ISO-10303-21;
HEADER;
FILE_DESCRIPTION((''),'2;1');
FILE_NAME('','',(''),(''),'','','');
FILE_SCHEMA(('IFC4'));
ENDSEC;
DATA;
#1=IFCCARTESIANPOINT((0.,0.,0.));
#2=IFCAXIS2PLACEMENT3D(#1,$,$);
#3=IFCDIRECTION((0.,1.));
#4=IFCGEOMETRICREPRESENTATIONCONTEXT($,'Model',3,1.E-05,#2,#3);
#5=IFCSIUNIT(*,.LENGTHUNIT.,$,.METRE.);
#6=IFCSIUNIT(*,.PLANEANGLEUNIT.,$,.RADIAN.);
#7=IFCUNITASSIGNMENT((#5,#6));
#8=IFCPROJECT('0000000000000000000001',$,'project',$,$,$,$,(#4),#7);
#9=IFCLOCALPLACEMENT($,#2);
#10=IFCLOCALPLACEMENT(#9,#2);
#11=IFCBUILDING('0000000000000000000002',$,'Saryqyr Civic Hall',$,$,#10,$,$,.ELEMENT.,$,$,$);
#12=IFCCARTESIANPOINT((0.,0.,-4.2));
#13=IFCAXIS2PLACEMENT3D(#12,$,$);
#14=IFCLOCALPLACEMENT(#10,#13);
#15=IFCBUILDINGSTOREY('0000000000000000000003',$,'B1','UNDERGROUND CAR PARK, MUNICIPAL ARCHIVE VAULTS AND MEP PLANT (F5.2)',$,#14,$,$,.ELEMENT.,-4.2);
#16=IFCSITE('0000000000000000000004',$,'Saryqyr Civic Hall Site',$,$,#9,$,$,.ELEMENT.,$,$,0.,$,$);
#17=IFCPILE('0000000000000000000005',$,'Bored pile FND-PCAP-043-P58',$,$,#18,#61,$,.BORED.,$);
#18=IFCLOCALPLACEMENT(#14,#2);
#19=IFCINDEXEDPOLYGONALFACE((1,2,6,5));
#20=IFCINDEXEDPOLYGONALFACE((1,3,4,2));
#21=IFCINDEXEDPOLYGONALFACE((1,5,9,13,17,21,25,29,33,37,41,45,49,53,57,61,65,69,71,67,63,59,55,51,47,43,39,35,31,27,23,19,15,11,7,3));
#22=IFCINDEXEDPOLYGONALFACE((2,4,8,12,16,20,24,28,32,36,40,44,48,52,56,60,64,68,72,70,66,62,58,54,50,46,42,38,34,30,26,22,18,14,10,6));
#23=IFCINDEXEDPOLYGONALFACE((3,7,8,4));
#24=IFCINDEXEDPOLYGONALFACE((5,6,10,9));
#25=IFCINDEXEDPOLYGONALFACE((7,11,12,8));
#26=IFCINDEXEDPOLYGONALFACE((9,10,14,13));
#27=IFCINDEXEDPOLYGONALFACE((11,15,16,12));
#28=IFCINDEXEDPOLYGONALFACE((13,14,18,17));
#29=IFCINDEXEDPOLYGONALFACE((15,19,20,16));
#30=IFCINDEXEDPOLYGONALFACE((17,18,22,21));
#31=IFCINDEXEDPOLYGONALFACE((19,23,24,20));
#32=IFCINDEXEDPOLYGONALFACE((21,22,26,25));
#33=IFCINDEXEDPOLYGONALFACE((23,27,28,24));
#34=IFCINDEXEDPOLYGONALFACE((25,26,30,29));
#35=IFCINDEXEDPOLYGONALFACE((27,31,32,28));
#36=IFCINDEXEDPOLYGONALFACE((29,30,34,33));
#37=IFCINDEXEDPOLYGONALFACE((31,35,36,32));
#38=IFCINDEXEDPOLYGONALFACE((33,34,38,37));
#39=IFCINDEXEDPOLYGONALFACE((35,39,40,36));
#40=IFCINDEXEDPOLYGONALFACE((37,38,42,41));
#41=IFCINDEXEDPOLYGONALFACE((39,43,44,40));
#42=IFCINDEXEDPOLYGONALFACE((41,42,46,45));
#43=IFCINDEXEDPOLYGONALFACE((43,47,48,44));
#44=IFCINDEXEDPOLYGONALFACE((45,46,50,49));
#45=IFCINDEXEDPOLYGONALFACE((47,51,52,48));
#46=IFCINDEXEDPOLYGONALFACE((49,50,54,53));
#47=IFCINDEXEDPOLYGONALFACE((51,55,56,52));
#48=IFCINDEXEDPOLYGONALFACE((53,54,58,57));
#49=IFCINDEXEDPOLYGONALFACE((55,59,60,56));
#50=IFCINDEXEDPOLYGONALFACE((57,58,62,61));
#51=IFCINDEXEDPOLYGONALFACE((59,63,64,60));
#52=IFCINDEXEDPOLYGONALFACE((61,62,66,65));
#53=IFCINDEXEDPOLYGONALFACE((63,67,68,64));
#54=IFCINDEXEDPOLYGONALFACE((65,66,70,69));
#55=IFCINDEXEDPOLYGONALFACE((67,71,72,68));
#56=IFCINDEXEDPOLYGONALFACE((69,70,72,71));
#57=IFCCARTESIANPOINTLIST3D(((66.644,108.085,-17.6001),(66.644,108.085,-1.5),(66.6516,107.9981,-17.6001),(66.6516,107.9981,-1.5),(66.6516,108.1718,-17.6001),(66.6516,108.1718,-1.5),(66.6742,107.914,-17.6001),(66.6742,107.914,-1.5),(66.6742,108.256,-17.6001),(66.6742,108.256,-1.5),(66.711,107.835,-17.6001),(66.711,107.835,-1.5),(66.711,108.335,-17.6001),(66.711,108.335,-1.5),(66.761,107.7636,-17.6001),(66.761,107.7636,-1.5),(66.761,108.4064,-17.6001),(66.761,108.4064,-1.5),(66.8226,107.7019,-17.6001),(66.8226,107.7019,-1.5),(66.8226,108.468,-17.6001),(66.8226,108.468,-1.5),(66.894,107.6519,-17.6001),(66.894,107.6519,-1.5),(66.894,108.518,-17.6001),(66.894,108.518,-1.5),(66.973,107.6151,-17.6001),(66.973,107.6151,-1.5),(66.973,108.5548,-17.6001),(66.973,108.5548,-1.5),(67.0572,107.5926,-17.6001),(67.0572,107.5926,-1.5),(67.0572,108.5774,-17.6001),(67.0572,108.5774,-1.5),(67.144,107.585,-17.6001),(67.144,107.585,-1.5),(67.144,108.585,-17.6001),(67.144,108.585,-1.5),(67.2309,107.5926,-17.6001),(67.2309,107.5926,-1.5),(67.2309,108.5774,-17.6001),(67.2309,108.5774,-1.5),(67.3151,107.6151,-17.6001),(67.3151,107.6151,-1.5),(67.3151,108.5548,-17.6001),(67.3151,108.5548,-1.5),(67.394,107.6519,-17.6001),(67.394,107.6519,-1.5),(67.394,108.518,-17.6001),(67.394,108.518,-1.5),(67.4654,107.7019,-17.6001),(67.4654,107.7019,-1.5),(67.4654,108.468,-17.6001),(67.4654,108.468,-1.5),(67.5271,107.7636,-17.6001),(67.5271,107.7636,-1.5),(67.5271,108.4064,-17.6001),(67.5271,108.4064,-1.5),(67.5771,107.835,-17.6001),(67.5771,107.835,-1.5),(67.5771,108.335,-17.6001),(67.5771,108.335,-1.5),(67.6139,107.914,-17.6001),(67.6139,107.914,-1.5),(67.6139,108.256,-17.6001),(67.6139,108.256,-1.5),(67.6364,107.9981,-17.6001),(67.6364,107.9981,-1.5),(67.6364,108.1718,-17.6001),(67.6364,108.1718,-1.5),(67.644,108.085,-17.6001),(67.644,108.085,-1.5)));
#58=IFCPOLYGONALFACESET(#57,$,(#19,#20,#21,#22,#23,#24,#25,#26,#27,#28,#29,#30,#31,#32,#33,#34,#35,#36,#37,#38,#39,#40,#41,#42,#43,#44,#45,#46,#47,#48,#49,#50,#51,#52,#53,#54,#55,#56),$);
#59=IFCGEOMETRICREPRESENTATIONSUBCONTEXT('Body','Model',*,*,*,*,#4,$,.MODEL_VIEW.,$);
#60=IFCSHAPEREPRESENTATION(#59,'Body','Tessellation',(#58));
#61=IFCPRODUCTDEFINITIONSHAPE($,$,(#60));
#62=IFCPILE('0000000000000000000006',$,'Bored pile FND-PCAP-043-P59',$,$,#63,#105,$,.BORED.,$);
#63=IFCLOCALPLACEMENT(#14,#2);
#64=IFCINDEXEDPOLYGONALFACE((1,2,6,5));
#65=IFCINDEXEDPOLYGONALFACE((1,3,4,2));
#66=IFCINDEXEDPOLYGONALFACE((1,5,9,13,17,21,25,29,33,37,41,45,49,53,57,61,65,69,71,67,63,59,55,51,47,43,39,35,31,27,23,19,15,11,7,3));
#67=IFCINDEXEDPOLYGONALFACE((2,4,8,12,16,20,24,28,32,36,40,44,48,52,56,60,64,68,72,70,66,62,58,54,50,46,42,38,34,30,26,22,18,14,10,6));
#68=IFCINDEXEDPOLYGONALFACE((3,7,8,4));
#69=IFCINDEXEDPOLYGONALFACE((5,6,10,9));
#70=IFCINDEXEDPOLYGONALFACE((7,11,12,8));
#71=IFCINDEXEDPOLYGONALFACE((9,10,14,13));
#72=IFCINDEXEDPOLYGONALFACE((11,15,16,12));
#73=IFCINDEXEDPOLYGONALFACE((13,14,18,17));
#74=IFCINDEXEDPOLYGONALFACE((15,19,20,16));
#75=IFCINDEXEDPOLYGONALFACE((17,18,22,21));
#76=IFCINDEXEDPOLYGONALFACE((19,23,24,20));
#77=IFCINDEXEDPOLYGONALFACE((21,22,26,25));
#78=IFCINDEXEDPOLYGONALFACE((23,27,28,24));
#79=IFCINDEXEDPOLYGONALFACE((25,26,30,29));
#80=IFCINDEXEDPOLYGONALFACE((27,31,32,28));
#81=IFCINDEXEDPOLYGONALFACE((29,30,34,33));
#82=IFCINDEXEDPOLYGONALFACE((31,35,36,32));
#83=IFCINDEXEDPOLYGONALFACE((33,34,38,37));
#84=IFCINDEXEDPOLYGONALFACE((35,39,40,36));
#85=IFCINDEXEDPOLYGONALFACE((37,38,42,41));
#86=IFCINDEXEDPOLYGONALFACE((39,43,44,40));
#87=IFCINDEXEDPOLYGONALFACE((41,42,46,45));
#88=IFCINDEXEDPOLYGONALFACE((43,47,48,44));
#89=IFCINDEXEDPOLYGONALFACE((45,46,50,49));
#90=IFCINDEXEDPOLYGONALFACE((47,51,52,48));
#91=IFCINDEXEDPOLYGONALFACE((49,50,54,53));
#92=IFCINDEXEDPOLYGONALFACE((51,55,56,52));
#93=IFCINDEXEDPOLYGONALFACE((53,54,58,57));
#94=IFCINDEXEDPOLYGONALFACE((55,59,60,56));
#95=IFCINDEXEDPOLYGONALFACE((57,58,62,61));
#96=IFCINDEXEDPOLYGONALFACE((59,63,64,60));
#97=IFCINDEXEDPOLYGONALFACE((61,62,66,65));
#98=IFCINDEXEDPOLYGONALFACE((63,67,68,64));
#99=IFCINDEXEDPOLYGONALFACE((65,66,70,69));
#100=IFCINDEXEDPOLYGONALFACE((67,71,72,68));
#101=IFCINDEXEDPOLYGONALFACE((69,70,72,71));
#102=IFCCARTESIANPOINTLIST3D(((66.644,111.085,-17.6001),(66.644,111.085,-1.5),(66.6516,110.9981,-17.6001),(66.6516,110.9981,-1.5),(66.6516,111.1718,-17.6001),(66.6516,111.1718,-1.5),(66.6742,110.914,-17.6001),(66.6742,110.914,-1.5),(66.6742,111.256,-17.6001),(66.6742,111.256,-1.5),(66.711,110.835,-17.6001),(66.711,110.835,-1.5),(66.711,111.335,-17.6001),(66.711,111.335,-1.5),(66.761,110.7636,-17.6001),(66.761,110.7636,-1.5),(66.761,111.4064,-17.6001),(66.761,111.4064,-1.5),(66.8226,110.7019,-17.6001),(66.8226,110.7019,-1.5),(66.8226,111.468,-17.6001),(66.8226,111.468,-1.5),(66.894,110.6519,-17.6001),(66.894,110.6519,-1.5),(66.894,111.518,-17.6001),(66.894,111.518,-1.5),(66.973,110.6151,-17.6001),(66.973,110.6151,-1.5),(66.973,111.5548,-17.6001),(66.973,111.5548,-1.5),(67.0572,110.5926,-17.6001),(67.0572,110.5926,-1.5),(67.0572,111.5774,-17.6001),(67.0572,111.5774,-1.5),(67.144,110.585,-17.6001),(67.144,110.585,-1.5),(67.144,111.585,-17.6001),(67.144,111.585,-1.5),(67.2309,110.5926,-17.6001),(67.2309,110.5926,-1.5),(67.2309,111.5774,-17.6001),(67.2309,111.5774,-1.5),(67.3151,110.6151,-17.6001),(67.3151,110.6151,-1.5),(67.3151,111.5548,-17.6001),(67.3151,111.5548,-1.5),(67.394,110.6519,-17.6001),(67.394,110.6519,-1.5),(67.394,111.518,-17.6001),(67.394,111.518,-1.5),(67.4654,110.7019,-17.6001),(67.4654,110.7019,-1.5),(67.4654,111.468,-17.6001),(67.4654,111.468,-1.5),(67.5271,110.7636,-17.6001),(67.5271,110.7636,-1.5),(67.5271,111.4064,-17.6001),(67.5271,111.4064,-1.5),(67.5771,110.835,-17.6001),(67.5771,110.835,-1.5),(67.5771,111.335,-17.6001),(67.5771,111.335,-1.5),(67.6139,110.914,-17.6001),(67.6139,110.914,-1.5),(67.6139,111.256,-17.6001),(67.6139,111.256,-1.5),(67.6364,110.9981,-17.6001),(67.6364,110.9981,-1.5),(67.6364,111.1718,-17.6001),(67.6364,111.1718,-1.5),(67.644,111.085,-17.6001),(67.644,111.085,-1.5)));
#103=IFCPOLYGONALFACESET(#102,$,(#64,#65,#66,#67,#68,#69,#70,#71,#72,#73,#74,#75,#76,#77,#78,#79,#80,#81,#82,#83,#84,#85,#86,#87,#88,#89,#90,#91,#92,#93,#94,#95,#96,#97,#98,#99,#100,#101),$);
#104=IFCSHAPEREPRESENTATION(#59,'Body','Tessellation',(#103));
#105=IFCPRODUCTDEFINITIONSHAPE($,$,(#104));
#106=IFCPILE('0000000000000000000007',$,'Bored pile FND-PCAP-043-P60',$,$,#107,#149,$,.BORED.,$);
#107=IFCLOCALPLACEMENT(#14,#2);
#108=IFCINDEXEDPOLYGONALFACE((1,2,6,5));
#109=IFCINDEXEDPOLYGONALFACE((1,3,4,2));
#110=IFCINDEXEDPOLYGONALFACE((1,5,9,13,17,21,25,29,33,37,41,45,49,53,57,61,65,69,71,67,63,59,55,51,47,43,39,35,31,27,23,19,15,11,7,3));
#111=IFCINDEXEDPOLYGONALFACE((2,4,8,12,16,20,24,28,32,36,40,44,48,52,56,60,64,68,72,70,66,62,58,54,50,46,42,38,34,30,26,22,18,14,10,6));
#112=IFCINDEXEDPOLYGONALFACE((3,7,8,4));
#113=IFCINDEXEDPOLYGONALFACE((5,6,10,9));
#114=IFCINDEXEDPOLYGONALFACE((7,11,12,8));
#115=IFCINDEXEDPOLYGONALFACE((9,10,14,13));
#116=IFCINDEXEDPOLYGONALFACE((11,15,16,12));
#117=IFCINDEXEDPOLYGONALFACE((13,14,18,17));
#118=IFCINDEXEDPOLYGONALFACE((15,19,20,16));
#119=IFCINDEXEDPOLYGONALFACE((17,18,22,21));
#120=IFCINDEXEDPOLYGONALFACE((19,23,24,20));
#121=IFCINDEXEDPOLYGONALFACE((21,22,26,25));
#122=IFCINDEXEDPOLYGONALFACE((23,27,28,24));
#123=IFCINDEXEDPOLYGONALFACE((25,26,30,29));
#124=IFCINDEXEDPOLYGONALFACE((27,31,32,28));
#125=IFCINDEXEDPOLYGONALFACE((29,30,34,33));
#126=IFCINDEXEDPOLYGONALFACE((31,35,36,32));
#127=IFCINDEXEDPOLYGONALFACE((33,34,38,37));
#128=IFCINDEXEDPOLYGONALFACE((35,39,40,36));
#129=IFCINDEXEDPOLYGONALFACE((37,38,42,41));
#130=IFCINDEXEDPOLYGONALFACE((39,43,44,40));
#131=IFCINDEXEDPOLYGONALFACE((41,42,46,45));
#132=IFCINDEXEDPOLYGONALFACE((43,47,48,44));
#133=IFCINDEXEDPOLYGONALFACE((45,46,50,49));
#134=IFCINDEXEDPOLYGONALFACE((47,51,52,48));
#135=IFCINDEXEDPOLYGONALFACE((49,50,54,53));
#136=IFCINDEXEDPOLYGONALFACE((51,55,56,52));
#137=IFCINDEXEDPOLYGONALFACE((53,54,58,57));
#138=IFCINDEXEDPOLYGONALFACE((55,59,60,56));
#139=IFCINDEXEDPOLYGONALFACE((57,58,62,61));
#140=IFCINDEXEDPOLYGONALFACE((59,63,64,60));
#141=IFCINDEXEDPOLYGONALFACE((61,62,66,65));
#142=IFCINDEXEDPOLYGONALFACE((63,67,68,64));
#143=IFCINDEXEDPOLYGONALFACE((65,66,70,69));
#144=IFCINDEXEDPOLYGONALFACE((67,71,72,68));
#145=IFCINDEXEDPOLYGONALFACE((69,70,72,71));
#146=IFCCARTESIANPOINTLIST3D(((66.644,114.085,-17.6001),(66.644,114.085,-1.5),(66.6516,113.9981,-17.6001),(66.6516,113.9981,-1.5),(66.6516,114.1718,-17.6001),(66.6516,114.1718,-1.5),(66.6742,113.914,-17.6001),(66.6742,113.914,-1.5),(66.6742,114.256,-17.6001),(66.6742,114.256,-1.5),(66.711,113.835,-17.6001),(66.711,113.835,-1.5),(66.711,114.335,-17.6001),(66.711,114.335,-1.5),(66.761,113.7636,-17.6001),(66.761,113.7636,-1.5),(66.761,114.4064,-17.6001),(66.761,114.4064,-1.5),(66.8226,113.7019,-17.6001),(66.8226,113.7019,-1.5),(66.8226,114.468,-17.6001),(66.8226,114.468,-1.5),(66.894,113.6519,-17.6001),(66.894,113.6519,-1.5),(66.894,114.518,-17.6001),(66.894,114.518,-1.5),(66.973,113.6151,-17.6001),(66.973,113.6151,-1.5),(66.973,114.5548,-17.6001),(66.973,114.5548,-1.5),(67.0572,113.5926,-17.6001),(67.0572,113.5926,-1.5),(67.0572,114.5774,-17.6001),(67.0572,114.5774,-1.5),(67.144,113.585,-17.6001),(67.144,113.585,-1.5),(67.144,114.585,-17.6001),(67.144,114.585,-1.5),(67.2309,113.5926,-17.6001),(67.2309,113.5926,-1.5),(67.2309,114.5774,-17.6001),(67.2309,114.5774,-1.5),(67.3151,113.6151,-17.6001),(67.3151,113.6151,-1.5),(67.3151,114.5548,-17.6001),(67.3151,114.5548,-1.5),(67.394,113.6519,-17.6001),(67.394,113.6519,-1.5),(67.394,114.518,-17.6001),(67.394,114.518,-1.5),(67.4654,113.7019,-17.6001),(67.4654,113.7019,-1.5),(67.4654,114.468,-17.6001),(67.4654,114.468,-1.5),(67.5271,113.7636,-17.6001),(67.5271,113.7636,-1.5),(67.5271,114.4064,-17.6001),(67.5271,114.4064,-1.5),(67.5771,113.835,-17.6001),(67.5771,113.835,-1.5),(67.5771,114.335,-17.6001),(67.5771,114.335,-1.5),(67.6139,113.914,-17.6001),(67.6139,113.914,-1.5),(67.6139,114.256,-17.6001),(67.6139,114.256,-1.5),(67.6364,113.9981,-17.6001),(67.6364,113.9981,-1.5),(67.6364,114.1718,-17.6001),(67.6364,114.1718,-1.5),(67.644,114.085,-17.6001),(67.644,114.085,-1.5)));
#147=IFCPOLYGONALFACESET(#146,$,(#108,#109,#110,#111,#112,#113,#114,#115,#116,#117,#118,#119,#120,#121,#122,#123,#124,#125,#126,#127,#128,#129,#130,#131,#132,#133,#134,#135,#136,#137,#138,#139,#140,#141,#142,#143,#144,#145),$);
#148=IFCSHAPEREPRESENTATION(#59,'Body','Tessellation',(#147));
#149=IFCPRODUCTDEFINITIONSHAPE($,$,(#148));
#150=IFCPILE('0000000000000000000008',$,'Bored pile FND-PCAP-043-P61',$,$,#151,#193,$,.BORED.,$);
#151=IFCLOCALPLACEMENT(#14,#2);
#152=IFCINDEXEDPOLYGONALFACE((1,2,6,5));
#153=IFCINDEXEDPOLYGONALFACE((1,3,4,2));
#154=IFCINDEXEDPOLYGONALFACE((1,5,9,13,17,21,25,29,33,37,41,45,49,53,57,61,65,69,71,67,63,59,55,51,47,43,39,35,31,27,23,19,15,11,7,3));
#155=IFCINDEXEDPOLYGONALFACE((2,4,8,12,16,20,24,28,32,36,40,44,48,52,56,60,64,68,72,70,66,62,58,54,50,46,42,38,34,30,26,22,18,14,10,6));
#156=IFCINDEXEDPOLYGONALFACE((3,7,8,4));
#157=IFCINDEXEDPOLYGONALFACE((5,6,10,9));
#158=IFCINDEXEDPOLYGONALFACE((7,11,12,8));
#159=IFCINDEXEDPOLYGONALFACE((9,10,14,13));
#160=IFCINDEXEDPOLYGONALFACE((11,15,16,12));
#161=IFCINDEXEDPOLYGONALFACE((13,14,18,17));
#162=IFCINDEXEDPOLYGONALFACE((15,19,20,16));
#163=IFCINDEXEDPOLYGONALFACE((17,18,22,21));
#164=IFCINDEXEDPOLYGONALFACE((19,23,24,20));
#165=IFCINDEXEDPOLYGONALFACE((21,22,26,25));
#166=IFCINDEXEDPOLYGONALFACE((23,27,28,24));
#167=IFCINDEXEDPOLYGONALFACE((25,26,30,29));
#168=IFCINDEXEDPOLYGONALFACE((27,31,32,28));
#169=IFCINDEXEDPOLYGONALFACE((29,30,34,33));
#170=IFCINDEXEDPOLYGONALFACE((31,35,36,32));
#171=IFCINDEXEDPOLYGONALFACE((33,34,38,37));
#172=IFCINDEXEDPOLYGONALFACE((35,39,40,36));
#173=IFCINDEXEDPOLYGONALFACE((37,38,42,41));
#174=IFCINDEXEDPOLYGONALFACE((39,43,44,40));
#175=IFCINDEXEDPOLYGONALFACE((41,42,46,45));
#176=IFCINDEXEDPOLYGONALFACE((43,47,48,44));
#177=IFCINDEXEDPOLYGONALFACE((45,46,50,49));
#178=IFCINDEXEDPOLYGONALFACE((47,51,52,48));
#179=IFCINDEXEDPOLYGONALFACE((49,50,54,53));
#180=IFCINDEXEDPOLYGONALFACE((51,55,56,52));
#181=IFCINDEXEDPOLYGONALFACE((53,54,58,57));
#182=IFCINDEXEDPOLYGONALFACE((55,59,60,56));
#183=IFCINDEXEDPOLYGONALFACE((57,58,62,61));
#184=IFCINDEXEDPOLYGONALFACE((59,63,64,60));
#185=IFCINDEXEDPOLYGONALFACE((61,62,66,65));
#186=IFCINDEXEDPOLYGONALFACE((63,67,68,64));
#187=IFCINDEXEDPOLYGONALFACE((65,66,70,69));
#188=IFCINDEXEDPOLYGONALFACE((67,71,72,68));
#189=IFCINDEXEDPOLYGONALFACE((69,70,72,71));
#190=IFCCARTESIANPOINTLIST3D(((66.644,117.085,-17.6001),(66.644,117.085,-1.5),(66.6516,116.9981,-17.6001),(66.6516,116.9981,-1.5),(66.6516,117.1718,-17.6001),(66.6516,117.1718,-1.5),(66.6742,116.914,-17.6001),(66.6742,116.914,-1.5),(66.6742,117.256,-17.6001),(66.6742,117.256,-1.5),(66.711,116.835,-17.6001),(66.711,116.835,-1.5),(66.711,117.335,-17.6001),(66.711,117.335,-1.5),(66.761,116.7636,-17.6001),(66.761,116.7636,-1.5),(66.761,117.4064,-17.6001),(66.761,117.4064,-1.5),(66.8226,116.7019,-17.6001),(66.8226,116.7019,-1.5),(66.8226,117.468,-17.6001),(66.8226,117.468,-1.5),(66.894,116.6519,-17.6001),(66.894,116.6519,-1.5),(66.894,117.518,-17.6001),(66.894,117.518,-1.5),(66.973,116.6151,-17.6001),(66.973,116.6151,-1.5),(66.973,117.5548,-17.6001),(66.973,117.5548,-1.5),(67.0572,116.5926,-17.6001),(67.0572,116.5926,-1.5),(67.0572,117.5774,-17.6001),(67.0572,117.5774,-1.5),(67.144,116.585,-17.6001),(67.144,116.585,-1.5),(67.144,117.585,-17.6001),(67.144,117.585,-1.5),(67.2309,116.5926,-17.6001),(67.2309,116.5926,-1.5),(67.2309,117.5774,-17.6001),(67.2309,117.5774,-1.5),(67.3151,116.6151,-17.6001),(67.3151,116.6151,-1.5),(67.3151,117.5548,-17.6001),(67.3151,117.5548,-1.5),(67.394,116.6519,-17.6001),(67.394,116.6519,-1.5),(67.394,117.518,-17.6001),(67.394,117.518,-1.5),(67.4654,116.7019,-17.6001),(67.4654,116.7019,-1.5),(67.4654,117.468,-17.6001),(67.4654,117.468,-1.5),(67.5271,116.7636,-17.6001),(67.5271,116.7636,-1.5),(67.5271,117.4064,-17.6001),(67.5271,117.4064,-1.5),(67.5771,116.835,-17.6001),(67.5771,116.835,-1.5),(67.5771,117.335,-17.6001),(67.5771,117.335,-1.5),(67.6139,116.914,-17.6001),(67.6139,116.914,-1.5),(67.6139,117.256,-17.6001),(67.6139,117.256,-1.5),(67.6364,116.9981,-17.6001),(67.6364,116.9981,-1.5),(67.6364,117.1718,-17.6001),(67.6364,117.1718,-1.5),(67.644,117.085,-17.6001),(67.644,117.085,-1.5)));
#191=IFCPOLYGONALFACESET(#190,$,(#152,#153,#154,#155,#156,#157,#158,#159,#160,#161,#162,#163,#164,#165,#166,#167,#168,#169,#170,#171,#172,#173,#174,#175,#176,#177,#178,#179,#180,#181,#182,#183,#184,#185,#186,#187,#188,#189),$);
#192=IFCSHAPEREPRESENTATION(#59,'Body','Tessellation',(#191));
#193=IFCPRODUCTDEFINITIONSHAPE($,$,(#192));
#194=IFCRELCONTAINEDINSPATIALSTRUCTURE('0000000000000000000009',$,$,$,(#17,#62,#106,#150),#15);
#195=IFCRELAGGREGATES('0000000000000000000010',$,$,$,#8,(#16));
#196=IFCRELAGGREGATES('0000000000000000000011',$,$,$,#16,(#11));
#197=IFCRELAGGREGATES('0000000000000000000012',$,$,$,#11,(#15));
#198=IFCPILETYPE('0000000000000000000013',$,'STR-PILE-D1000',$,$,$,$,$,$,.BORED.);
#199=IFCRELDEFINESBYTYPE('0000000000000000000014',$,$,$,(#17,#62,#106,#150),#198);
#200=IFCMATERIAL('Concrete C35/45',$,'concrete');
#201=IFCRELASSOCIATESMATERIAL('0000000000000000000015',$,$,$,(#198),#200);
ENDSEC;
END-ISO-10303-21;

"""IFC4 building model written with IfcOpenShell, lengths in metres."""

from ifc_helpers import new_model, si_unit, direction, frame, origin, origin_2d, place, context, subcontext, project, spatial, circle, extrude, material, material_profile, profile_set, type_object, element, save


model = new_model("IFC4")

# Units and contexts
model_context = context("Model", 3, precision=1e-05, world=origin(), true_north=direction((0.0, 1.0)))
body_context = subcontext(model_context, "Body", "Model", "MODEL_VIEW")
ifc_project = project(units=[si_unit("LENGTHUNIT", "METRE"), si_unit("PLANEANGLEUNIT", "RADIAN")], contexts=[model_context])

# Site, building, storey
site_placement = place(None, origin())
site = spatial("IfcSite", under=ifc_project, at=site_placement, Name="Saryqyr Civic Hall Site", CompositionType="ELEMENT", RefElevation=0.0)
building_placement = place(site_placement, origin())
building = spatial("IfcBuilding", under=site, at=building_placement, Name="Saryqyr Civic Hall", CompositionType="ELEMENT")
storey_placement = place(building_placement, frame((0.0, 0.0, -4.2)))
storey = spatial("IfcBuildingStorey", under=building, at=storey_placement, Name="B1", Description="UNDERGROUND CAR PARK, MUNICIPAL ARCHIVE VAULTS AND MEP PLANT (F5.2)", CompositionType="ELEMENT", Elevation=-4.2)

# Piles
ifc_material_1 = material(Name="Concrete C35/45", Category="concrete")
ifc_material_profile_1 = material_profile(ifc_material_1, circle(Radius=0.5, at=origin_2d()), Name="BORED PILE D1000")
ifc_profile_set_1 = profile_set([ifc_material_profile_1], Name="Concrete C35/45")
pile_type = type_object("IfcPileType", Name="STR-PILE-D1000", PredefinedType="BORED", material=ifc_profile_set_1)
for number, where, z_axis, x_axis, name in (
    (1, (67.144, 108.085, -1.5), (0.0, 0.0, -1.0), (1.0, 0.0, 0.0), "Bored pile FND-PCAP-043-P58"),
    (2, (67.144, 111.085, -1.5), (0.0, 0.0, -1.0), (1.0, 0.0, 0.0), "Bored pile FND-PCAP-043-P59"),
    (3, (67.144, 114.085, -1.5), (0.0, 0.0, -1.0), (1.0, 0.0, 0.0), "Bored pile FND-PCAP-043-P60"),
    (4, (67.144, 117.085, -1.5), (0.0, 0.0, -1.0), (1.0, 0.0, 0.0), "Bored pile FND-PCAP-043-P61"),
):
    element("IfcPile", number, at=place(storey_placement, frame(where, z_axis=z_axis, x_axis=x_axis)), inside=storey, type_object=pile_type, Name=name, PredefinedType="BORED", context=body_context, shape_type="SweptSolid", body=[
        extrude(circle(Radius=0.5, at=origin_2d()), origin(), (0.0, 0.0, 1.0), 16.1001),
    ])

save(model, "model.ifc")
